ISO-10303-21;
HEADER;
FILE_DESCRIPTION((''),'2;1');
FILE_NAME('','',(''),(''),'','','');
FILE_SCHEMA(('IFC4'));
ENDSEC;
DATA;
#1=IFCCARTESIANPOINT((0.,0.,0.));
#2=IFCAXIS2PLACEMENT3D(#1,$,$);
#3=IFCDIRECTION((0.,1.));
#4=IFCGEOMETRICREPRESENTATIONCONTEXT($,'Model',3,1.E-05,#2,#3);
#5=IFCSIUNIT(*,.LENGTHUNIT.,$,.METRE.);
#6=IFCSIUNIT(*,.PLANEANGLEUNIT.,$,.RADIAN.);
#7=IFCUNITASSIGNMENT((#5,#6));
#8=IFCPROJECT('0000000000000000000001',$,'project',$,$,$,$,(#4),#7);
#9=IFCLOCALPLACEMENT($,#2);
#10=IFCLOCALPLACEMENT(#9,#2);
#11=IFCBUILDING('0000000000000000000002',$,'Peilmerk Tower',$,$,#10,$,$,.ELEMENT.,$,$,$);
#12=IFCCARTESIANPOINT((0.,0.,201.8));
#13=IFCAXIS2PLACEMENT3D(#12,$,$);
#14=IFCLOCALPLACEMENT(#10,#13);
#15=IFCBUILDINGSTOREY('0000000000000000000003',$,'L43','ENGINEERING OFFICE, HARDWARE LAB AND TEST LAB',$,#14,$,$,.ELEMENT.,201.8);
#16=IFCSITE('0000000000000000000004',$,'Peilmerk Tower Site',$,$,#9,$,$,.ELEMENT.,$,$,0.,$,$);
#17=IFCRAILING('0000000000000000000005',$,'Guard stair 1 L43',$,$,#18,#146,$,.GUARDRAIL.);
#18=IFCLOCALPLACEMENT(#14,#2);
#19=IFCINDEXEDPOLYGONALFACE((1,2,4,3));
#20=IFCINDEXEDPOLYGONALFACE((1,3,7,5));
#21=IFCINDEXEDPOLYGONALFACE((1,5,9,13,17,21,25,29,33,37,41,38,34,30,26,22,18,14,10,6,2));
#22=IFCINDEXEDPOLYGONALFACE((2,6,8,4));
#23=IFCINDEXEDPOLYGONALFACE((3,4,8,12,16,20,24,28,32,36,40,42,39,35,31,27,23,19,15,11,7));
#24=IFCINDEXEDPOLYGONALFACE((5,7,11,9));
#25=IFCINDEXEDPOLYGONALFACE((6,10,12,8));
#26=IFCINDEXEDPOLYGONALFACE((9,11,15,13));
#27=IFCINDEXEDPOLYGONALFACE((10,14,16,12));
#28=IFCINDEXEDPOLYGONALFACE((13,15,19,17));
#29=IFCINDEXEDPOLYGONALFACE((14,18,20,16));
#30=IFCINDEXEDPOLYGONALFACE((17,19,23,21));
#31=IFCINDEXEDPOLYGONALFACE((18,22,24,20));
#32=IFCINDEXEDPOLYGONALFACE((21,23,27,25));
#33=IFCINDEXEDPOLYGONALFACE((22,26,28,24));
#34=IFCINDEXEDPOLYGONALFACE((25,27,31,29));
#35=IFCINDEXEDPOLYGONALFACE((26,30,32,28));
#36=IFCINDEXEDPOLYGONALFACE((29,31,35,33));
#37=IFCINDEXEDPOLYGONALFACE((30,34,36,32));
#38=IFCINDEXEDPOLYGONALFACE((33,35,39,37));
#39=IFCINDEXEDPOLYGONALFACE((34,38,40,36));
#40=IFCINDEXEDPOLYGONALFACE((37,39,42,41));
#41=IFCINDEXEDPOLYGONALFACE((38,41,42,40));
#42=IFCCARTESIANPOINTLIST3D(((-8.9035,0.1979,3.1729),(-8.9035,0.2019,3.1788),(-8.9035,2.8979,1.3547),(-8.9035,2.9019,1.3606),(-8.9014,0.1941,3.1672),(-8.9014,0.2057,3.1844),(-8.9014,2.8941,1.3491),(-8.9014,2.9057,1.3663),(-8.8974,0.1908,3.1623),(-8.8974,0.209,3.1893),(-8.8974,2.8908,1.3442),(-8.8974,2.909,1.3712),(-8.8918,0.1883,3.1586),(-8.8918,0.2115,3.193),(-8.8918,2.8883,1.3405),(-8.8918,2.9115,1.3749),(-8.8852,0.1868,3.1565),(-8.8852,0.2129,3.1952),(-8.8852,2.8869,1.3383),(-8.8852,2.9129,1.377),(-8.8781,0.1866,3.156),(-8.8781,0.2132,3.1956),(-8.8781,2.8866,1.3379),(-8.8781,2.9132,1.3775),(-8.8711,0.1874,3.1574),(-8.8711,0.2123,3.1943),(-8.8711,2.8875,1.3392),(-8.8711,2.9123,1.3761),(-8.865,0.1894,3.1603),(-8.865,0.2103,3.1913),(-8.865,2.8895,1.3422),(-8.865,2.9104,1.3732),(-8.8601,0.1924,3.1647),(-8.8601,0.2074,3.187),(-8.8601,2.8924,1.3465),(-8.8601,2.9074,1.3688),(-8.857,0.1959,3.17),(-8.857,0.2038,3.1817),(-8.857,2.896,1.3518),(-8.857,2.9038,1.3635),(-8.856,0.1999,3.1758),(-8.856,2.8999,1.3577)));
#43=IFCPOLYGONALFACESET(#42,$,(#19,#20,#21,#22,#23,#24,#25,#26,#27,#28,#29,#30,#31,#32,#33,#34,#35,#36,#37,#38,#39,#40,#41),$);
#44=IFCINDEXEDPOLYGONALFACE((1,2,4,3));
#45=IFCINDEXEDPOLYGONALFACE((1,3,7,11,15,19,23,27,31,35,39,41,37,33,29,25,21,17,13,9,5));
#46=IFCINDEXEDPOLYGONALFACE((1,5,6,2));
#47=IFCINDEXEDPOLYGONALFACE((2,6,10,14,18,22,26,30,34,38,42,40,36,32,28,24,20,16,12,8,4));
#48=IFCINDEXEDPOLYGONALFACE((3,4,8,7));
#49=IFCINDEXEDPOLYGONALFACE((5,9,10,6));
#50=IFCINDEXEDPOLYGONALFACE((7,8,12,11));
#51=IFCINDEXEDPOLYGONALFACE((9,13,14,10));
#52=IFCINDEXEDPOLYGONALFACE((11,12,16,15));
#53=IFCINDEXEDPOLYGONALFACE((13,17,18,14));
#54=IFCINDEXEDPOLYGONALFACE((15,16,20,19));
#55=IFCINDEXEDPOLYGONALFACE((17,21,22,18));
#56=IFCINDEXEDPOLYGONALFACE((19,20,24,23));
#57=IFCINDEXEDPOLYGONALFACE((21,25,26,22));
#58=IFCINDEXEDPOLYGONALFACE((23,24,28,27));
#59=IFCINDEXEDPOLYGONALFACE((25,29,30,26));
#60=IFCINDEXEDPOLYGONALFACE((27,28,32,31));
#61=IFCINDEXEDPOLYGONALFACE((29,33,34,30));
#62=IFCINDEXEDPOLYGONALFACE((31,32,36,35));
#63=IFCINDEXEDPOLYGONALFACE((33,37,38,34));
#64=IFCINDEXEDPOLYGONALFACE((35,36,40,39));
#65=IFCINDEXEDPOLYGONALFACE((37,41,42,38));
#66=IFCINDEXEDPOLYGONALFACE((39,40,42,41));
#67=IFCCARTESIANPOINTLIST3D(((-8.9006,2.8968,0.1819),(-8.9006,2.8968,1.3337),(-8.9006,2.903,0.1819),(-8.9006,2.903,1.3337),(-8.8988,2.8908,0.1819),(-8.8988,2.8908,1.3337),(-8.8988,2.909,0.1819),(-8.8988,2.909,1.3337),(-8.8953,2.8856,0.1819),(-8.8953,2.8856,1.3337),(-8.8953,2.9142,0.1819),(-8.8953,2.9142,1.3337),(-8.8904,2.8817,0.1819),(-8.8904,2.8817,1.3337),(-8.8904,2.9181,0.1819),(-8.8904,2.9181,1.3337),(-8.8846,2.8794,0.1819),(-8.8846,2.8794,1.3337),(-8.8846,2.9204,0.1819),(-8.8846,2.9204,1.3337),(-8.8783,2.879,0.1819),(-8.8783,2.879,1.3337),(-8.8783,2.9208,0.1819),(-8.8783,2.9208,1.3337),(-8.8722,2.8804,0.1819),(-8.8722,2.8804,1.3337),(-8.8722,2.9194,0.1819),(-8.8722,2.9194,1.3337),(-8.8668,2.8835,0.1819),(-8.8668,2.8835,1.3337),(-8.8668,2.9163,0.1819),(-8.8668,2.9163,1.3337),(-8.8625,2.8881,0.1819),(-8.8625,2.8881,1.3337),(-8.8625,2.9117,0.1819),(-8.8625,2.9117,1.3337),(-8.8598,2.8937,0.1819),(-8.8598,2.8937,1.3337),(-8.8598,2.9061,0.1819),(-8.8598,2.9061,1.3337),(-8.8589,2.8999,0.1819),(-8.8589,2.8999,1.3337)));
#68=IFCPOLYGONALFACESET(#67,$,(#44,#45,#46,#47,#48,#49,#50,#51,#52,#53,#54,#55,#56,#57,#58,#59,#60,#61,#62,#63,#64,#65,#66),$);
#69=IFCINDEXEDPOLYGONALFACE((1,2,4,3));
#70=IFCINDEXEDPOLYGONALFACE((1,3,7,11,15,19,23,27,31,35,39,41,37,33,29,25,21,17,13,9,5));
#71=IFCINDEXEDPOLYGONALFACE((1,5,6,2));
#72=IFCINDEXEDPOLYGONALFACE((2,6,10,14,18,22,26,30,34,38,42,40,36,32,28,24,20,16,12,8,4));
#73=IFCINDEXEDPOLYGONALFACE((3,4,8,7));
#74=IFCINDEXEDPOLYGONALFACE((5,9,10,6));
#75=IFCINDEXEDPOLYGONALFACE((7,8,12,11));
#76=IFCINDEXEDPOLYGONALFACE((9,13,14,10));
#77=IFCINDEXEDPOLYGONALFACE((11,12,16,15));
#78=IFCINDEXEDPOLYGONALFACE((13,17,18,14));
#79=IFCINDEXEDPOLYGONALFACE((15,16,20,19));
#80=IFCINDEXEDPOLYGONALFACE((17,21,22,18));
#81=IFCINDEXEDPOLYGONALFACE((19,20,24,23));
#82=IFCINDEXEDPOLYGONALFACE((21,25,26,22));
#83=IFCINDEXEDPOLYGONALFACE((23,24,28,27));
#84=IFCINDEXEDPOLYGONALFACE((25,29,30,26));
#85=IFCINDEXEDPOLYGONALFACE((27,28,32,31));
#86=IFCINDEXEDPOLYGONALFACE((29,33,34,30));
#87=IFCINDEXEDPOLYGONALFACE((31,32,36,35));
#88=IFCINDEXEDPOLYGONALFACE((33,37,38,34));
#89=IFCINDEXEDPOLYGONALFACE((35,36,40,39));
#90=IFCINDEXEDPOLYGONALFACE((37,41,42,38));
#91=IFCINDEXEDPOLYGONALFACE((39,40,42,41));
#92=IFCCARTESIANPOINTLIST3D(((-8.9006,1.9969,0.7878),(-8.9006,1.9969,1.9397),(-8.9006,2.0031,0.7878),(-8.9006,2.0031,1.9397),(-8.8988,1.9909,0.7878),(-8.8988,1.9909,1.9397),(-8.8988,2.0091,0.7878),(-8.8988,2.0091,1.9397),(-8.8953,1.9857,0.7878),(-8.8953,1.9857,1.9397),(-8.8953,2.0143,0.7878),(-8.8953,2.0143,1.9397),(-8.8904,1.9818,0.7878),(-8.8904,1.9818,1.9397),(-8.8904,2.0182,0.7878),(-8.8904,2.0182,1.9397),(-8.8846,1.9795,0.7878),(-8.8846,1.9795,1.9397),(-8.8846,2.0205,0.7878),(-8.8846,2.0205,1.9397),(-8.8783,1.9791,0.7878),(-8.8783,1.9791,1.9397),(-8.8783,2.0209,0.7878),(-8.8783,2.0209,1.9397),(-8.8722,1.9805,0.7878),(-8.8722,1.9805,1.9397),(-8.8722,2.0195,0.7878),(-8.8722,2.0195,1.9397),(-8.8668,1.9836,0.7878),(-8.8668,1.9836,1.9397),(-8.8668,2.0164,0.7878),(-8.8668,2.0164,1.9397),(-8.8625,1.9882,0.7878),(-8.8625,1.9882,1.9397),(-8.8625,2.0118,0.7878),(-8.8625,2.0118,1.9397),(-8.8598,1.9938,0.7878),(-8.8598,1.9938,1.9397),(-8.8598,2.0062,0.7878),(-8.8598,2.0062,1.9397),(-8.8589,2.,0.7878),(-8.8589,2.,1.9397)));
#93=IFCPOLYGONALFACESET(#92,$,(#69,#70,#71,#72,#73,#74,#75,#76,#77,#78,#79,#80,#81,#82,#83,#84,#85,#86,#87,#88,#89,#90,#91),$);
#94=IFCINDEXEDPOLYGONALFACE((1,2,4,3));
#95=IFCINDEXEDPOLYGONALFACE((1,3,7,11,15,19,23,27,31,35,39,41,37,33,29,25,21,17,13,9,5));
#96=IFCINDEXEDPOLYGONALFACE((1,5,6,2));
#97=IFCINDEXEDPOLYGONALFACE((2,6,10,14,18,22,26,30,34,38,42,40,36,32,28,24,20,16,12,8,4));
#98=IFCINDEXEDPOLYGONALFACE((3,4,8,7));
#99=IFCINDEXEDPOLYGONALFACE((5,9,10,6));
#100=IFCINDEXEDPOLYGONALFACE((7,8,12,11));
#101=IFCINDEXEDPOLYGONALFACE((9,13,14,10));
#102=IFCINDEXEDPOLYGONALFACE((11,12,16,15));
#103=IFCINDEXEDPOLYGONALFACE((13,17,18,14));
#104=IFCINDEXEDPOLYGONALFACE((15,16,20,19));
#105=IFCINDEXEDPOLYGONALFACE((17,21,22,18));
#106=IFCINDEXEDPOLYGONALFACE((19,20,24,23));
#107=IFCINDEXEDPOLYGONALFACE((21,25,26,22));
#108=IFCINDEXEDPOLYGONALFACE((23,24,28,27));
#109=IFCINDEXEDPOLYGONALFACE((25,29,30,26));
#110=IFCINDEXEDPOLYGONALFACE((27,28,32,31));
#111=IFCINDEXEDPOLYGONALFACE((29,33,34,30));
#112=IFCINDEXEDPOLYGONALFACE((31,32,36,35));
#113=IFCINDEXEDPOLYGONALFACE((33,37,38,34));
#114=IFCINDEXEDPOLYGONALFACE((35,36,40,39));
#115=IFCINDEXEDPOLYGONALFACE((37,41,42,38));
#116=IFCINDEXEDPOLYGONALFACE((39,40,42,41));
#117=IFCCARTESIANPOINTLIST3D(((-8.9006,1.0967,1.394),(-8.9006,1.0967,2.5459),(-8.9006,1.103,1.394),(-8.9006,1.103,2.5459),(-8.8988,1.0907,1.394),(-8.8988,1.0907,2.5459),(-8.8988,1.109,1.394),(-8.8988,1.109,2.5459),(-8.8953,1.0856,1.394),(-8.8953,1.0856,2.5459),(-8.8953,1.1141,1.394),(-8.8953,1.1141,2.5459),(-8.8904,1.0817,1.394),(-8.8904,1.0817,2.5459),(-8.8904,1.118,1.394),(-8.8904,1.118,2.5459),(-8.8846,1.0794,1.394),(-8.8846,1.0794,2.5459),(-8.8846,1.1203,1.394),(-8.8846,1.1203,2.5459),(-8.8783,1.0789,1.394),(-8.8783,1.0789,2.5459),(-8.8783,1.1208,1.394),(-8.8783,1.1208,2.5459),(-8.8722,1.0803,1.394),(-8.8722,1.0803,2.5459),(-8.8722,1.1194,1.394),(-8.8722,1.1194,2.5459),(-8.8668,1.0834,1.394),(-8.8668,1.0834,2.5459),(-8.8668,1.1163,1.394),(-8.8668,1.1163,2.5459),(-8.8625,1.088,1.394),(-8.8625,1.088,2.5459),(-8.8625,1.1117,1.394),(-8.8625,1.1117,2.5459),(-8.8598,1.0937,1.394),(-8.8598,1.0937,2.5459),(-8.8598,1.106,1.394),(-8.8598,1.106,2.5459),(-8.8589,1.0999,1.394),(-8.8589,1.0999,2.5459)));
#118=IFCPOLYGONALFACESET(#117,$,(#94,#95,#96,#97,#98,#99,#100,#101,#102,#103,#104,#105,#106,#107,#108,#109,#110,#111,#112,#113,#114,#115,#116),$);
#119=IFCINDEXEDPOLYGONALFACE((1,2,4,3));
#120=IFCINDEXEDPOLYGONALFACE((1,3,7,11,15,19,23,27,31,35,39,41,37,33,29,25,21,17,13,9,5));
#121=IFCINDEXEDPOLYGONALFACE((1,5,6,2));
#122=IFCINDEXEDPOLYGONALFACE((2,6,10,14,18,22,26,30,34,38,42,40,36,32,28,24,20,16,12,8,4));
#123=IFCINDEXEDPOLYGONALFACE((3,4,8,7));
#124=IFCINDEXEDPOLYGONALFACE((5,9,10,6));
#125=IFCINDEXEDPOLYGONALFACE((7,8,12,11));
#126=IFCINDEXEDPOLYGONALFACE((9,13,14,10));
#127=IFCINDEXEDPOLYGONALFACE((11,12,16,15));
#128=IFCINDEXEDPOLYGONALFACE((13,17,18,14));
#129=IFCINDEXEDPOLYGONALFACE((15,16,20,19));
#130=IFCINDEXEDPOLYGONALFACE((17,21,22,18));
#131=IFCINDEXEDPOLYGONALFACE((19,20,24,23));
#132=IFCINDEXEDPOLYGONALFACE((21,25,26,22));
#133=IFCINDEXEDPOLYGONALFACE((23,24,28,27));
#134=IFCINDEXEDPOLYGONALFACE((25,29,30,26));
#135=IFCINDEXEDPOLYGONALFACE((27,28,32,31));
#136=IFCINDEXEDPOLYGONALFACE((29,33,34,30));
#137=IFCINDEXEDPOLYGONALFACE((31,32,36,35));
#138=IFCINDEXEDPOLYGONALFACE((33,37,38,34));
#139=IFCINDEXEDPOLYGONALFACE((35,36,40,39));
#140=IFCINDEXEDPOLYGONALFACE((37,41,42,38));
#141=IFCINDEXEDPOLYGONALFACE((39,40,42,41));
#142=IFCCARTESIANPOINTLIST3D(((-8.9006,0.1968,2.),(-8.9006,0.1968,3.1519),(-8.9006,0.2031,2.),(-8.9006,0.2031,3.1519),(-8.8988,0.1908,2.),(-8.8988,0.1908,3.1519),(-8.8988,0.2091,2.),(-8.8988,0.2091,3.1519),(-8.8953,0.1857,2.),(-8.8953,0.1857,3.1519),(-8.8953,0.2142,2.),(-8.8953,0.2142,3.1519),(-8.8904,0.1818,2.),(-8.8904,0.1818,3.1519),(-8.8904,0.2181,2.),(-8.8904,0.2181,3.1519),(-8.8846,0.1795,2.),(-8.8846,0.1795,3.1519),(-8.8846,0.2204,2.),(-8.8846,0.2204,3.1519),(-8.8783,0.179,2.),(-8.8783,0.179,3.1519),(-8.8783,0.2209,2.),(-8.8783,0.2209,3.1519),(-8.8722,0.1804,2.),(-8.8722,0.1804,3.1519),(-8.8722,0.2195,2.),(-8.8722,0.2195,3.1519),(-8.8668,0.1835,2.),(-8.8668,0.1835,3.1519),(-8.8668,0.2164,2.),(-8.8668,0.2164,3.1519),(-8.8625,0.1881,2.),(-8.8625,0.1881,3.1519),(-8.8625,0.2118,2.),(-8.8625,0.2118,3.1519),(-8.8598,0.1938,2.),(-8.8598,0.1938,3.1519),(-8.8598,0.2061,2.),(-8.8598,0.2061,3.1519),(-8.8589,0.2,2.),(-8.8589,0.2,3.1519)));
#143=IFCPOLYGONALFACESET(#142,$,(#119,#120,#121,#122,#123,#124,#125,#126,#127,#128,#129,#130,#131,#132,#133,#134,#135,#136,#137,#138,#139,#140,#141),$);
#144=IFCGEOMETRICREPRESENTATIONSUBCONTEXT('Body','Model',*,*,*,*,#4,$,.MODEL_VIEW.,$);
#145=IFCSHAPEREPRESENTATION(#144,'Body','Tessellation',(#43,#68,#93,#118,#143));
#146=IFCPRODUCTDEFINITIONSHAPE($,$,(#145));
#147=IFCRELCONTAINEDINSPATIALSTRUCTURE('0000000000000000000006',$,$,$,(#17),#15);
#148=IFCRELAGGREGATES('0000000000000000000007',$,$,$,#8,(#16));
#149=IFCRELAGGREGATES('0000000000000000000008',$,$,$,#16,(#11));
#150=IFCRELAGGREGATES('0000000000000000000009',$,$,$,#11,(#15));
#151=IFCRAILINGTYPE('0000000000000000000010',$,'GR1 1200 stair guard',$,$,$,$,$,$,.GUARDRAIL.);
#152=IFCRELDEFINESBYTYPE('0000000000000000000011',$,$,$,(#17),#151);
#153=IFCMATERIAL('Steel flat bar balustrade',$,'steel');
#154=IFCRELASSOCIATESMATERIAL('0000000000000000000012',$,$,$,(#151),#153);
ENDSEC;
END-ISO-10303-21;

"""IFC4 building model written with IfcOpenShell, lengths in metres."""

from ifc_helpers import new_model, si_unit, direction, frame, origin, origin_2d, place, context, subcontext, project, spatial, circle, extrude, material, type_object, element, save


model = new_model("IFC4")

# Units and contexts
model_context = context("Model", 3, precision=1e-05, world=origin(), true_north=direction((0.0, 1.0)))
body_context = subcontext(model_context, "Body", "Model", "MODEL_VIEW")
ifc_project = project(units=[si_unit("LENGTHUNIT", "METRE"), si_unit("PLANEANGLEUNIT", "RADIAN")], contexts=[model_context])

# Site, building, storey
site_placement = place(None, origin())
site = spatial("IfcSite", under=ifc_project, at=site_placement, Name="Peilmerk Tower Site", CompositionType="ELEMENT", RefElevation=0.0)
building_placement = place(site_placement, origin())
building = spatial("IfcBuilding", under=site, at=building_placement, Name="Peilmerk Tower", CompositionType="ELEMENT")
storey_placement = place(building_placement, frame((0.0, 0.0, 201.8)))
storey = spatial("IfcBuildingStorey", under=building, at=storey_placement, Name="L43", Description="ENGINEERING OFFICE, HARDWARE LAB AND TEST LAB", CompositionType="ELEMENT", Elevation=201.8)

# Railing
ifc_material_1 = material(Name="Steel flat bar balustrade", Category="steel")
railing_type_1 = type_object("IfcRailingType", Name="GR1 1200 stair guard", PredefinedType="GUARDRAIL", material=ifc_material_1)
railing_1_placement = place(storey_placement, frame((-8.8799, 2.8999, 0.1819)))
element("IfcRailing", 1, at=railing_1_placement, inside=storey, type_object=railing_type_1, Name="Guard stair 1 L43", PredefinedType="GUARDRAIL", context=body_context, shape_type="SweptSolid", body=[
    extrude(circle(Radius=0.0239, at=origin_2d()), frame((0.0, 0.0, 1.1758), z_axis=(0.0, -0.829468, 0.558554), x_axis=(1.0, 0.0, 0.0)), (0.0, 0.0, 1.0), 3.2551),
    extrude(circle(Radius=0.021, at=origin_2d()), origin(), (0.0, 0.0, 1.0), 1.1519),
    extrude(circle(Radius=0.021, at=origin_2d()), frame((0.0, -0.8999, 0.606)), (0.0, 0.0, 1.0), 1.1519),
    extrude(circle(Radius=0.021, at=origin_2d()), frame((0.0, -1.8, 1.2122)), (0.0, 0.0, 1.0), 1.1519),
    extrude(circle(Radius=0.021, at=origin_2d()), frame((0.0, -2.7, 1.8181)), (0.0, 0.0, 1.0), 1.1519),
])

save(model, "model.ifc")
